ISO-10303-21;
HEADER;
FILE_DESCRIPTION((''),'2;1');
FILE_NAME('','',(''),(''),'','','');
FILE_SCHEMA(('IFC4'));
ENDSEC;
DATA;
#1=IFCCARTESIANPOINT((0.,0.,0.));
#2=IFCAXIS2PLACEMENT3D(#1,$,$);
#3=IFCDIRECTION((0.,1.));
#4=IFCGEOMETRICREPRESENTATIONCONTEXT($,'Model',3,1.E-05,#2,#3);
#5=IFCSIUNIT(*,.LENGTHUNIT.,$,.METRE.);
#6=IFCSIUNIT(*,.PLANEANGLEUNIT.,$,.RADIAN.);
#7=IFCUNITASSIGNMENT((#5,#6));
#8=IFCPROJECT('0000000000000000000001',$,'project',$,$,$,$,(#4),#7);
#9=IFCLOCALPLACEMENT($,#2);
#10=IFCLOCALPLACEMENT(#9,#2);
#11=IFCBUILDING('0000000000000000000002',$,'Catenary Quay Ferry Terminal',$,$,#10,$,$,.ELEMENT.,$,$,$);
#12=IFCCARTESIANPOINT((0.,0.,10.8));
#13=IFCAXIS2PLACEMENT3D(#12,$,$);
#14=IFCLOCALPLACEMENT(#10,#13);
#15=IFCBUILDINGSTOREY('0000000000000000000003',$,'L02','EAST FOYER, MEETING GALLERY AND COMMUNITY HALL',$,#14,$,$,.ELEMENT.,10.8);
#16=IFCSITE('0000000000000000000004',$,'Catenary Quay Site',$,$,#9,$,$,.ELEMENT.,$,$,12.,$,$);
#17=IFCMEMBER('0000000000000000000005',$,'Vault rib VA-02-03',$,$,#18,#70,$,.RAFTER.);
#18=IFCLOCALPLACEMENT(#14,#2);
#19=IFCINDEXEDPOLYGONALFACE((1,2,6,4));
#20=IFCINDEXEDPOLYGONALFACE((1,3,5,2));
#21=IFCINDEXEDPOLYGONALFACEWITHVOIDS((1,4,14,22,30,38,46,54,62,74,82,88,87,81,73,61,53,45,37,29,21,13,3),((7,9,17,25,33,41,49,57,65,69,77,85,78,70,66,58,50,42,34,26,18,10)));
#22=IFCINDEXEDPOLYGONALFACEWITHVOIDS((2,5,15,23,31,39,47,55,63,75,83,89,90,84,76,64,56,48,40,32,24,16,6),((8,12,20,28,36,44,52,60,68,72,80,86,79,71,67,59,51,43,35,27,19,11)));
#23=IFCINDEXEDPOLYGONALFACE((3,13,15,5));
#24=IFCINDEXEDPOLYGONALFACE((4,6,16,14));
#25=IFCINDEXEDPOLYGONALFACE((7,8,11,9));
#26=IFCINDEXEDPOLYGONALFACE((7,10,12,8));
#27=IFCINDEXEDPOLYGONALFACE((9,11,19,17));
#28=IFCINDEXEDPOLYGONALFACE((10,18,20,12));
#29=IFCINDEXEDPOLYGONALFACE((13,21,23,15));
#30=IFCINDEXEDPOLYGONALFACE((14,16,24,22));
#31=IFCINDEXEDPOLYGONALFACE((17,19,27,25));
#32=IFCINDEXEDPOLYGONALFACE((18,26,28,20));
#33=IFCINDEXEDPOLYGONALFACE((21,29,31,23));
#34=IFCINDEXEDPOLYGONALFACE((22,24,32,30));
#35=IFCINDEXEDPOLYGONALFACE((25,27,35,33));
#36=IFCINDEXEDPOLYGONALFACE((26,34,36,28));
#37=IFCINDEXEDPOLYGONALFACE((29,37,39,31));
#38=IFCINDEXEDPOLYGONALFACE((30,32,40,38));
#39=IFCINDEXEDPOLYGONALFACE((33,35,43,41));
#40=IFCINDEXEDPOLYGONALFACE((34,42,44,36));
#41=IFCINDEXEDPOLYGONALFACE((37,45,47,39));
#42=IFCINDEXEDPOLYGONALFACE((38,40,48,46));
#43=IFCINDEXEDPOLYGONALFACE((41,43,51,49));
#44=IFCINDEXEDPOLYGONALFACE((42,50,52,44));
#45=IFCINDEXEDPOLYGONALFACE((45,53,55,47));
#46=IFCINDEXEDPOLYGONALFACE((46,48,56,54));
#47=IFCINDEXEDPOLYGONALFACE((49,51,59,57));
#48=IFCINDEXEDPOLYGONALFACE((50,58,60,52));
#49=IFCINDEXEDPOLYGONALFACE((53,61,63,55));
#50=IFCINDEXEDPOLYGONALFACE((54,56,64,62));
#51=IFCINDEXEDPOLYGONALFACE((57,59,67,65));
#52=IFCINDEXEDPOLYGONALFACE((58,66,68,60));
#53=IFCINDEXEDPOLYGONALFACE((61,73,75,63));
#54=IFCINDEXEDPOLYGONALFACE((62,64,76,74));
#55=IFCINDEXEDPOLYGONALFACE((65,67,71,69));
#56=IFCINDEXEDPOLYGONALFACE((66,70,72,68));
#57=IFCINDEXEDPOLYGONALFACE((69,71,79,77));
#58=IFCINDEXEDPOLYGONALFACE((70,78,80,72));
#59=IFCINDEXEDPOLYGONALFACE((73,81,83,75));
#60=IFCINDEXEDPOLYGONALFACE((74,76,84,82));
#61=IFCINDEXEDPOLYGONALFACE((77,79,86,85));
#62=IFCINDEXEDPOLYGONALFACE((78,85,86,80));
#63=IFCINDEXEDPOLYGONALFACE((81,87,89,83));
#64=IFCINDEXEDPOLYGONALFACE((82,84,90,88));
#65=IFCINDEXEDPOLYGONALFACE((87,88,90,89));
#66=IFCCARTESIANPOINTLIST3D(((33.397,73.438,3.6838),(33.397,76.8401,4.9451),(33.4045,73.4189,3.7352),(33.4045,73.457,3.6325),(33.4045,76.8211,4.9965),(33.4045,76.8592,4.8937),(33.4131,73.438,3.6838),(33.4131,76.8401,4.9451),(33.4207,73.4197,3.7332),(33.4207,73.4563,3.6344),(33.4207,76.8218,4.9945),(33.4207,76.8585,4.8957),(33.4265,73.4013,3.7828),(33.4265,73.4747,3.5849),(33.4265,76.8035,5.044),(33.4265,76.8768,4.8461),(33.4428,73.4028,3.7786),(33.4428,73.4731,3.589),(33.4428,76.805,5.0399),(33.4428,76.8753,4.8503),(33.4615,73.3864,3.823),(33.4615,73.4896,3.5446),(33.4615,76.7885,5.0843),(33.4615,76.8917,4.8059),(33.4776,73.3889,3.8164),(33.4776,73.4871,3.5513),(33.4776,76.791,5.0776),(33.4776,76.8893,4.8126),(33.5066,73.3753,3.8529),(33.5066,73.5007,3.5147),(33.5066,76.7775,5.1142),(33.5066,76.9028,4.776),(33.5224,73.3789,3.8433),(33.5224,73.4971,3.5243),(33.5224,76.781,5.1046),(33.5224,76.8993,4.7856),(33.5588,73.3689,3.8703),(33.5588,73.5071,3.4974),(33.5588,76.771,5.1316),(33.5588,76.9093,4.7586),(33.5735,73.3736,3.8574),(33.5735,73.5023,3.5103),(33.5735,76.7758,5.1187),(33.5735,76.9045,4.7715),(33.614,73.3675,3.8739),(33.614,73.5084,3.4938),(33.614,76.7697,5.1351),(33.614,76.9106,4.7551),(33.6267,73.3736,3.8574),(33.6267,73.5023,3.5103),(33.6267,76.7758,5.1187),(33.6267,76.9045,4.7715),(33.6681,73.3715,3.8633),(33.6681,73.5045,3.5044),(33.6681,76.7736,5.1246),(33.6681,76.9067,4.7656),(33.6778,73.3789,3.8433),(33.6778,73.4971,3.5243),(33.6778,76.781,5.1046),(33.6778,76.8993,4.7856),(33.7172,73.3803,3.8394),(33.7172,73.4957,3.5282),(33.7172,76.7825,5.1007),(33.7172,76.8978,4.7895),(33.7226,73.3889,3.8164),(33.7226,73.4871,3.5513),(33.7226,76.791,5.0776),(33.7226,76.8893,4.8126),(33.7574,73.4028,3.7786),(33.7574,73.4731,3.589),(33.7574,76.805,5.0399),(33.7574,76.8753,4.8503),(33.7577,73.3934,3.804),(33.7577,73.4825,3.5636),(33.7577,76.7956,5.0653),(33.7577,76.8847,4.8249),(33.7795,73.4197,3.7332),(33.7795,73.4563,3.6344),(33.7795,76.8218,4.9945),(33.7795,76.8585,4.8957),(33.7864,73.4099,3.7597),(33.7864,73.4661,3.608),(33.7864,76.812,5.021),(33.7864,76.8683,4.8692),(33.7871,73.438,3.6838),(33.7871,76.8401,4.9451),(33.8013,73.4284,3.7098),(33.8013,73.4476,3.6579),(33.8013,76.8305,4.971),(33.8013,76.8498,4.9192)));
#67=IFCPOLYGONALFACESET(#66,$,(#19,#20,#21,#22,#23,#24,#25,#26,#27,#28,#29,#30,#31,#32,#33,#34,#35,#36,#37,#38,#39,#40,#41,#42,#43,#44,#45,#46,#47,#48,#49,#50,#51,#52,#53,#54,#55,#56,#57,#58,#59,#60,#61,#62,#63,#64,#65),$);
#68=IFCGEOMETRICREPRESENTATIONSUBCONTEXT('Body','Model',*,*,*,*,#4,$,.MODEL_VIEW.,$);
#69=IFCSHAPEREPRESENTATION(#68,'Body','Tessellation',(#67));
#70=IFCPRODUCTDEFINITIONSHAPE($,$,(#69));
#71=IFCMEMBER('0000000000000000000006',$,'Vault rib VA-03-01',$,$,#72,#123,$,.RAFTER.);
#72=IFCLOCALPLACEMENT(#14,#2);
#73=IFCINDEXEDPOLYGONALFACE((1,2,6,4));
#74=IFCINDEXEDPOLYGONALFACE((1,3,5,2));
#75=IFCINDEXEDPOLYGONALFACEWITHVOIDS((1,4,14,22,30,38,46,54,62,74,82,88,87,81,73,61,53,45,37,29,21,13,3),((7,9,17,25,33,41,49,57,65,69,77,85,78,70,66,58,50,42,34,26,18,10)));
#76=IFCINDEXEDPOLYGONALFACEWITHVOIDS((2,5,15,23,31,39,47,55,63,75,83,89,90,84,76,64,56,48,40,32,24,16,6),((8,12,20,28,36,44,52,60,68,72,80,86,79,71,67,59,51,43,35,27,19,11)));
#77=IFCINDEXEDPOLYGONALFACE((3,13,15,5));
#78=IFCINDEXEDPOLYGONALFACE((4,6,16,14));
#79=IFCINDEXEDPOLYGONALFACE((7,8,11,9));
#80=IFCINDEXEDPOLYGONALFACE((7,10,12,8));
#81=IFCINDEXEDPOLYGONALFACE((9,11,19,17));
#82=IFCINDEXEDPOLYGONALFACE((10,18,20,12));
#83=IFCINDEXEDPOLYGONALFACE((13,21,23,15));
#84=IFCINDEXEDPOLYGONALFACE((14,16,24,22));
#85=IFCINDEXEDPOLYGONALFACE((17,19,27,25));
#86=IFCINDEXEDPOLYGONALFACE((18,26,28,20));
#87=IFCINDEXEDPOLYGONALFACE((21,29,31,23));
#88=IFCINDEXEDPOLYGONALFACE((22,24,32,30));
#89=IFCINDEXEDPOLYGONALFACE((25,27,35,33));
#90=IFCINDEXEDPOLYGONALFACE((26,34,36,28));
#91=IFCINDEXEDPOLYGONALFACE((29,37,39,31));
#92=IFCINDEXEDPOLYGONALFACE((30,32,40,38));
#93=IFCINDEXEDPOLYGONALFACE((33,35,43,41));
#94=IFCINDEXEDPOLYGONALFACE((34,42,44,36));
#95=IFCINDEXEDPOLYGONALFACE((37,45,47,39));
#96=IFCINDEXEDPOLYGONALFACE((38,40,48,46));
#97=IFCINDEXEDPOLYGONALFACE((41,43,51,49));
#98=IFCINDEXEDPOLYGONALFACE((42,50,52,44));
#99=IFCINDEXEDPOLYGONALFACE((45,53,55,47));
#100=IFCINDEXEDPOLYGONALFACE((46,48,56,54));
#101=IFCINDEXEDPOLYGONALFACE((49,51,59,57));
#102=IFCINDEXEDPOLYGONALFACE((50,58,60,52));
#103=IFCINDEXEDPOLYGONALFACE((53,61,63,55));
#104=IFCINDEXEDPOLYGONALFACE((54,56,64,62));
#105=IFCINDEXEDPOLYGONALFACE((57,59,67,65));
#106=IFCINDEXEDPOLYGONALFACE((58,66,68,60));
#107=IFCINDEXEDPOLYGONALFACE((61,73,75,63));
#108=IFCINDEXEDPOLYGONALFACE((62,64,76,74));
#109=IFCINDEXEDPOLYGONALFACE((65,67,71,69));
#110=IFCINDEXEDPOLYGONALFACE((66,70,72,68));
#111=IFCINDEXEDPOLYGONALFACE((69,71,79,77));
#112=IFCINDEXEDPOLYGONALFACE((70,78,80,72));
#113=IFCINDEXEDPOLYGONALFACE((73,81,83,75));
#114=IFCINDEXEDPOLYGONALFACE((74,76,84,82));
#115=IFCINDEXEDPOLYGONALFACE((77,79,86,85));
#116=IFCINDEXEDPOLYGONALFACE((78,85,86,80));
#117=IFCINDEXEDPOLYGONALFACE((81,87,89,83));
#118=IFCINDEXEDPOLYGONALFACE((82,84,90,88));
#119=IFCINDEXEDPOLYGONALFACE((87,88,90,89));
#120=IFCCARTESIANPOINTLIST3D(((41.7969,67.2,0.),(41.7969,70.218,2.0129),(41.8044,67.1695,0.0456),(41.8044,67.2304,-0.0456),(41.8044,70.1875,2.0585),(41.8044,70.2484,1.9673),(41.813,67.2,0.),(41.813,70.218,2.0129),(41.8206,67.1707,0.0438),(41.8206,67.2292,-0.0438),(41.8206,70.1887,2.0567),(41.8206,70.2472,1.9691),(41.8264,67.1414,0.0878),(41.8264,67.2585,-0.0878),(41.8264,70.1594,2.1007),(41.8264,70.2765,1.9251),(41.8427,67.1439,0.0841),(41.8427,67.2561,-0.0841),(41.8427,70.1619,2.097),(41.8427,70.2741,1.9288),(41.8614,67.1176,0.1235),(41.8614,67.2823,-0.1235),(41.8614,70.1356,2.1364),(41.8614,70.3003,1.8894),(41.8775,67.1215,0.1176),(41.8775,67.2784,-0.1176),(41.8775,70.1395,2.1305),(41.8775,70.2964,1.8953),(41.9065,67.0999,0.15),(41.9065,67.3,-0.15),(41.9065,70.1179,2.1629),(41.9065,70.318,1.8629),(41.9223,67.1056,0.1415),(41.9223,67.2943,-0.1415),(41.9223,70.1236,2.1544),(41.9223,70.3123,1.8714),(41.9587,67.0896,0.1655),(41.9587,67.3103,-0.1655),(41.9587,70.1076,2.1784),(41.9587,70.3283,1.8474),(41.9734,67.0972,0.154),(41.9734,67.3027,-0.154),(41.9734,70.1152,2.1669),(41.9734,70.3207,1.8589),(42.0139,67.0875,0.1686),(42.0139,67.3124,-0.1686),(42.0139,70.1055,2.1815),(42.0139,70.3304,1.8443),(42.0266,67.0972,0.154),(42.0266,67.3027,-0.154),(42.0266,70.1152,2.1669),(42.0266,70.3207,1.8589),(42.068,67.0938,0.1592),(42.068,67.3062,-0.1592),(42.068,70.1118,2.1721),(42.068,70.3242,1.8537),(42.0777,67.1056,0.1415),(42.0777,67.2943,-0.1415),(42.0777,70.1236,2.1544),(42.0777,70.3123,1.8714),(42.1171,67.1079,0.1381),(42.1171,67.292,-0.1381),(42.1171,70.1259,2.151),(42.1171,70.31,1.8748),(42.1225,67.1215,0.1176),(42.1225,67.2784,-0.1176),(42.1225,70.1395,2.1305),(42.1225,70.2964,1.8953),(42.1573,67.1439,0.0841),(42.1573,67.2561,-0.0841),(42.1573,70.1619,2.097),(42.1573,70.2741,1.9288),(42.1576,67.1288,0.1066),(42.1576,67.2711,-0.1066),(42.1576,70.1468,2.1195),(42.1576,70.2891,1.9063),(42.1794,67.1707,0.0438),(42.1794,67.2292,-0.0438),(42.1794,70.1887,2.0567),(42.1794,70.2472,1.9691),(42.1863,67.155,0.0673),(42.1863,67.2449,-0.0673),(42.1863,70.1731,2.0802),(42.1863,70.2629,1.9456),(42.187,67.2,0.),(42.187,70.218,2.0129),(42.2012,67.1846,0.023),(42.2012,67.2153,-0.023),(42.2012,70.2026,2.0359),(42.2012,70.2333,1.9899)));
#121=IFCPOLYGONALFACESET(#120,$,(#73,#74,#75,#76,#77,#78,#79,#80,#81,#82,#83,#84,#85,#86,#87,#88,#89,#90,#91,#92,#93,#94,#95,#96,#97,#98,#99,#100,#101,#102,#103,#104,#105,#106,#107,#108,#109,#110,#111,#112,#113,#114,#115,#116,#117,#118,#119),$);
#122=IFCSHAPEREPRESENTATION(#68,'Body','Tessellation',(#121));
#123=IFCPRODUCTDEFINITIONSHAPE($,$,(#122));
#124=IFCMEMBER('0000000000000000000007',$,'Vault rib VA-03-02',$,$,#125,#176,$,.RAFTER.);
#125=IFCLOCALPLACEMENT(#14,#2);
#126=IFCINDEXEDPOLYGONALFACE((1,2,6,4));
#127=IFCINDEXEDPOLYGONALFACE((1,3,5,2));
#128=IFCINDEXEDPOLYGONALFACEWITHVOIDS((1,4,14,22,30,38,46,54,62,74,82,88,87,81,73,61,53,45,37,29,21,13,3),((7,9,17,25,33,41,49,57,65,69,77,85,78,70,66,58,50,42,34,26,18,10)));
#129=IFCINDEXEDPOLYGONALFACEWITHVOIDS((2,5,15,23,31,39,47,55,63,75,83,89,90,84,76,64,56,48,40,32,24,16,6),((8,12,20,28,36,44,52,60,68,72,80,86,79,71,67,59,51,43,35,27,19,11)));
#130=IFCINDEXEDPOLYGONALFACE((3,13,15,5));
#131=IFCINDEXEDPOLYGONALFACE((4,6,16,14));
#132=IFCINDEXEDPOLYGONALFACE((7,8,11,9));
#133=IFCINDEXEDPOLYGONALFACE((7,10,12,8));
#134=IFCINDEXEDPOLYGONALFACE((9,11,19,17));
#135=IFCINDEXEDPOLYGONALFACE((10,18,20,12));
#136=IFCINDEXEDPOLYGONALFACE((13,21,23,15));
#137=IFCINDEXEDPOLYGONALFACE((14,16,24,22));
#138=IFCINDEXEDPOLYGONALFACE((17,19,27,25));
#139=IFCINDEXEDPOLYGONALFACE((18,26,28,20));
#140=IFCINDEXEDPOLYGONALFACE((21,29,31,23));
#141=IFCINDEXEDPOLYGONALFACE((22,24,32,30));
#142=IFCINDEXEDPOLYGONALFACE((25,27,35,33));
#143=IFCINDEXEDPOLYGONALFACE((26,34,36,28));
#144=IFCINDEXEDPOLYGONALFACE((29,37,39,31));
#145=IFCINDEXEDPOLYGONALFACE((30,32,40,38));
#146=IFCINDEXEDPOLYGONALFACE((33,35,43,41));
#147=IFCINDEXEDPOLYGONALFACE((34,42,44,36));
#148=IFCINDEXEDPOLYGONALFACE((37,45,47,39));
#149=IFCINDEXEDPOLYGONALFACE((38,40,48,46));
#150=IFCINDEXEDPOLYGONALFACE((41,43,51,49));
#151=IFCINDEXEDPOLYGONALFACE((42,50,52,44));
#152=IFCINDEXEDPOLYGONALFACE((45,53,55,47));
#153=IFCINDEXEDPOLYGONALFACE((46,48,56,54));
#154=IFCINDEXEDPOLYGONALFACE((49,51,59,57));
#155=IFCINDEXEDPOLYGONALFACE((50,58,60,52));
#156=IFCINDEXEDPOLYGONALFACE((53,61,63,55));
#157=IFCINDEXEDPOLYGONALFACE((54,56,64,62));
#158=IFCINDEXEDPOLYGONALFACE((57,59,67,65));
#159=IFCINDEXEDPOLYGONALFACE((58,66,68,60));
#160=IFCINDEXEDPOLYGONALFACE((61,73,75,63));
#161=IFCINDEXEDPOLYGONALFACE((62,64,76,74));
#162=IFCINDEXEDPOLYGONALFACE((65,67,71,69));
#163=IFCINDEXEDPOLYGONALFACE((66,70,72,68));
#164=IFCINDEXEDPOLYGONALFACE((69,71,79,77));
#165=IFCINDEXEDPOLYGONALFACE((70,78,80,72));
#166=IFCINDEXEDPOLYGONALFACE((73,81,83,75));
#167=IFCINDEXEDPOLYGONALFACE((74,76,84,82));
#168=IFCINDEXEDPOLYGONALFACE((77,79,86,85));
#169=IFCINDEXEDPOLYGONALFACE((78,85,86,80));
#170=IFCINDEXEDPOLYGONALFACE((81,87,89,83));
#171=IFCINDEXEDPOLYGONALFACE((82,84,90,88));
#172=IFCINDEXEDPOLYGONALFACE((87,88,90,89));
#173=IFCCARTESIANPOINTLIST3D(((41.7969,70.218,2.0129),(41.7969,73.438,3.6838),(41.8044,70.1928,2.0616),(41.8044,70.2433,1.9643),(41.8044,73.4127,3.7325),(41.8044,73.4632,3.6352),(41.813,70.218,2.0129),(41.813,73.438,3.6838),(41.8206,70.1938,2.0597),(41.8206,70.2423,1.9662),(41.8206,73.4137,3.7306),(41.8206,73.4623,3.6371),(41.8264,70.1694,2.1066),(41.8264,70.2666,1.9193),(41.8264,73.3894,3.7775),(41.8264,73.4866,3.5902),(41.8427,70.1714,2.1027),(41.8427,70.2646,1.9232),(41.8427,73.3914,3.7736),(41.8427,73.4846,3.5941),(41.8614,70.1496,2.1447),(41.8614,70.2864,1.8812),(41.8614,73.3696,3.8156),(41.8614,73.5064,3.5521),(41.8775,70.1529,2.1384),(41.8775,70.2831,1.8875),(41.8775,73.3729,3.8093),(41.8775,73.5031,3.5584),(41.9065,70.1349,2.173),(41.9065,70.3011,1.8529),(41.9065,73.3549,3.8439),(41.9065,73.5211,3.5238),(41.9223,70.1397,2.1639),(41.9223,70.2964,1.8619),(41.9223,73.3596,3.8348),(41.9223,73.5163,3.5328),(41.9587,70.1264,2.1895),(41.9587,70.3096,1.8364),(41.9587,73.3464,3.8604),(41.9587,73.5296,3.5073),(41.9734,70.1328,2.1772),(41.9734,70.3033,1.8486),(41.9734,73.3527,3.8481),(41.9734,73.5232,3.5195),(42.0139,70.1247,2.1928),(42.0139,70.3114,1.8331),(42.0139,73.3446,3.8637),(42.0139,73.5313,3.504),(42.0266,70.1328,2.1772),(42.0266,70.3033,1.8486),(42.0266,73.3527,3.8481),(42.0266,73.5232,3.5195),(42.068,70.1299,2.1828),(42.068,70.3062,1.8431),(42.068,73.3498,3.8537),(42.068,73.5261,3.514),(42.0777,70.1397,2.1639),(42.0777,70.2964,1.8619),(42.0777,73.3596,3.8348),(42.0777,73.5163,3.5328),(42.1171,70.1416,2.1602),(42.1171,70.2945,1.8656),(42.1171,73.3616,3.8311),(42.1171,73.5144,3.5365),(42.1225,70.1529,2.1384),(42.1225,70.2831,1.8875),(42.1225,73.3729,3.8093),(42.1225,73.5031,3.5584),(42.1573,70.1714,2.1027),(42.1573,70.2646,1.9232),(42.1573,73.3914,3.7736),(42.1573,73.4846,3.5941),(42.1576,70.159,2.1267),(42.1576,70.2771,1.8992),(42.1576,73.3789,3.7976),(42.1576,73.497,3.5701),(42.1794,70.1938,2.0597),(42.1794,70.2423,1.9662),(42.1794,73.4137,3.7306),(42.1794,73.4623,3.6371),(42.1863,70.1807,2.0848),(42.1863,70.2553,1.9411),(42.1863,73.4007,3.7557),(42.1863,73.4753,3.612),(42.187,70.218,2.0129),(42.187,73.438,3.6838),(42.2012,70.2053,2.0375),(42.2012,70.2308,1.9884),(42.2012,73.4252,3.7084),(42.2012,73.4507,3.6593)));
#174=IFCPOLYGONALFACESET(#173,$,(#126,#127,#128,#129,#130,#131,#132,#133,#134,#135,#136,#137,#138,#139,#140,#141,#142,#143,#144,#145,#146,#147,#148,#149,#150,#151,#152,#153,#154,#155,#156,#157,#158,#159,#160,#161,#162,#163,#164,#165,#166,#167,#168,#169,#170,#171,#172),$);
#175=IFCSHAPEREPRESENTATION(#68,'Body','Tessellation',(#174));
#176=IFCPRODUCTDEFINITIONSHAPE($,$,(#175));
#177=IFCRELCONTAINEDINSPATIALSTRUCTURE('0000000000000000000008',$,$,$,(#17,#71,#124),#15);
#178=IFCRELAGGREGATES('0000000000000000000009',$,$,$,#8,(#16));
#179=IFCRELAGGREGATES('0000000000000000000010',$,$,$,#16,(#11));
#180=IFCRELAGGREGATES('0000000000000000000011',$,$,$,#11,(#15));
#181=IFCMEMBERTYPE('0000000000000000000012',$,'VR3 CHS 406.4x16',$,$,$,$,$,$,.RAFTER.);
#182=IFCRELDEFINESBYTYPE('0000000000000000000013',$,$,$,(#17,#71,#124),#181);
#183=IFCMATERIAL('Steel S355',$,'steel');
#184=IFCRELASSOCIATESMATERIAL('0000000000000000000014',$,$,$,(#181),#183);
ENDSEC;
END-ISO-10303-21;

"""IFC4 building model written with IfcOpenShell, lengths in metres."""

from ifc_helpers import new_model, si_unit, direction, frame, origin, origin_2d, place, context, subcontext, project, spatial, hollow_circle, extrude, material, material_profile, profile_set, type_object, element, save


model = new_model("IFC4")

# Units and contexts
model_context = context("Model", 3, precision=1e-05, world=origin(), true_north=direction((0.0, 1.0)))
body_context = subcontext(model_context, "Body", "Model", "MODEL_VIEW")
ifc_project = project(units=[si_unit("LENGTHUNIT", "METRE"), si_unit("PLANEANGLEUNIT", "RADIAN")], contexts=[model_context])

# Site, building, storey
site_placement = place(None, origin())
site = spatial("IfcSite", under=ifc_project, at=site_placement, Name="Catenary Quay Site", CompositionType="ELEMENT", RefElevation=12.0)
building_placement = place(site_placement, origin())
building = spatial("IfcBuilding", under=site, at=building_placement, Name="Catenary Quay Ferry Terminal", CompositionType="ELEMENT")
storey_placement = place(building_placement, frame((0.0, 0.0, 10.8)))
storey = spatial("IfcBuildingStorey", under=building, at=storey_placement, Name="L02", Description="EAST FOYER, MEETING GALLERY AND COMMUNITY HALL", CompositionType="ELEMENT", Elevation=10.8)

# Members
ifc_material_1 = material(Name="Steel S355", Category="steel")
ifc_material_profile_1 = material_profile(ifc_material_1, hollow_circle(Radius=0.2031, WallThickness=0.0161, at=origin_2d()), Name="CHS 406.4x16")
ifc_profile_set_1 = profile_set([ifc_material_profile_1], Name="Steel S355")
member_type_1 = type_object("IfcMemberType", Name="VR3 CHS 406.4x16", PredefinedType="RAFTER", material=ifc_profile_set_1)
member_1_placement = place(storey_placement, frame((33.6001, 73.438, 3.6838), z_axis=(0.0, 0.937642, 0.347604), x_axis=(-1.0, 0.0, 0.0)))
element("IfcMember", 1, at=member_1_placement, inside=storey, type_object=member_type_1, Name="Vault rib VA-02-03", PredefinedType="RAFTER", context=body_context, shape_type="SweptSolid", body=[
    extrude(hollow_circle(Radius=0.2031, WallThickness=0.0161, at=origin_2d()), origin(), (0.0, 0.0, 1.0), 3.6284),
])
for number, where, z_axis, x_axis, name in (
    (2, (42.0, 67.2, 0.0), (0.0, 0.831936, 0.554871), (-1.0, 0.0, 0.0), "Vault rib VA-03-01"),
    (3, (42.0, 70.218, 2.0129), (0.0, 0.88761, 0.460596), (-1.0, 0.0, 0.0), "Vault rib VA-03-02"),
):
    element("IfcMember", number, at=place(storey_placement, frame(where, z_axis=z_axis, x_axis=x_axis)), inside=storey, type_object=member_type_1, Name=name, PredefinedType="RAFTER", context=body_context, shape_type="SweptSolid", body=[
        extrude(hollow_circle(Radius=0.2031, WallThickness=0.0161, at=origin_2d()), origin(), (0.0, 0.0, 1.0), 3.6277),
    ])

save(model, "model.ifc")
